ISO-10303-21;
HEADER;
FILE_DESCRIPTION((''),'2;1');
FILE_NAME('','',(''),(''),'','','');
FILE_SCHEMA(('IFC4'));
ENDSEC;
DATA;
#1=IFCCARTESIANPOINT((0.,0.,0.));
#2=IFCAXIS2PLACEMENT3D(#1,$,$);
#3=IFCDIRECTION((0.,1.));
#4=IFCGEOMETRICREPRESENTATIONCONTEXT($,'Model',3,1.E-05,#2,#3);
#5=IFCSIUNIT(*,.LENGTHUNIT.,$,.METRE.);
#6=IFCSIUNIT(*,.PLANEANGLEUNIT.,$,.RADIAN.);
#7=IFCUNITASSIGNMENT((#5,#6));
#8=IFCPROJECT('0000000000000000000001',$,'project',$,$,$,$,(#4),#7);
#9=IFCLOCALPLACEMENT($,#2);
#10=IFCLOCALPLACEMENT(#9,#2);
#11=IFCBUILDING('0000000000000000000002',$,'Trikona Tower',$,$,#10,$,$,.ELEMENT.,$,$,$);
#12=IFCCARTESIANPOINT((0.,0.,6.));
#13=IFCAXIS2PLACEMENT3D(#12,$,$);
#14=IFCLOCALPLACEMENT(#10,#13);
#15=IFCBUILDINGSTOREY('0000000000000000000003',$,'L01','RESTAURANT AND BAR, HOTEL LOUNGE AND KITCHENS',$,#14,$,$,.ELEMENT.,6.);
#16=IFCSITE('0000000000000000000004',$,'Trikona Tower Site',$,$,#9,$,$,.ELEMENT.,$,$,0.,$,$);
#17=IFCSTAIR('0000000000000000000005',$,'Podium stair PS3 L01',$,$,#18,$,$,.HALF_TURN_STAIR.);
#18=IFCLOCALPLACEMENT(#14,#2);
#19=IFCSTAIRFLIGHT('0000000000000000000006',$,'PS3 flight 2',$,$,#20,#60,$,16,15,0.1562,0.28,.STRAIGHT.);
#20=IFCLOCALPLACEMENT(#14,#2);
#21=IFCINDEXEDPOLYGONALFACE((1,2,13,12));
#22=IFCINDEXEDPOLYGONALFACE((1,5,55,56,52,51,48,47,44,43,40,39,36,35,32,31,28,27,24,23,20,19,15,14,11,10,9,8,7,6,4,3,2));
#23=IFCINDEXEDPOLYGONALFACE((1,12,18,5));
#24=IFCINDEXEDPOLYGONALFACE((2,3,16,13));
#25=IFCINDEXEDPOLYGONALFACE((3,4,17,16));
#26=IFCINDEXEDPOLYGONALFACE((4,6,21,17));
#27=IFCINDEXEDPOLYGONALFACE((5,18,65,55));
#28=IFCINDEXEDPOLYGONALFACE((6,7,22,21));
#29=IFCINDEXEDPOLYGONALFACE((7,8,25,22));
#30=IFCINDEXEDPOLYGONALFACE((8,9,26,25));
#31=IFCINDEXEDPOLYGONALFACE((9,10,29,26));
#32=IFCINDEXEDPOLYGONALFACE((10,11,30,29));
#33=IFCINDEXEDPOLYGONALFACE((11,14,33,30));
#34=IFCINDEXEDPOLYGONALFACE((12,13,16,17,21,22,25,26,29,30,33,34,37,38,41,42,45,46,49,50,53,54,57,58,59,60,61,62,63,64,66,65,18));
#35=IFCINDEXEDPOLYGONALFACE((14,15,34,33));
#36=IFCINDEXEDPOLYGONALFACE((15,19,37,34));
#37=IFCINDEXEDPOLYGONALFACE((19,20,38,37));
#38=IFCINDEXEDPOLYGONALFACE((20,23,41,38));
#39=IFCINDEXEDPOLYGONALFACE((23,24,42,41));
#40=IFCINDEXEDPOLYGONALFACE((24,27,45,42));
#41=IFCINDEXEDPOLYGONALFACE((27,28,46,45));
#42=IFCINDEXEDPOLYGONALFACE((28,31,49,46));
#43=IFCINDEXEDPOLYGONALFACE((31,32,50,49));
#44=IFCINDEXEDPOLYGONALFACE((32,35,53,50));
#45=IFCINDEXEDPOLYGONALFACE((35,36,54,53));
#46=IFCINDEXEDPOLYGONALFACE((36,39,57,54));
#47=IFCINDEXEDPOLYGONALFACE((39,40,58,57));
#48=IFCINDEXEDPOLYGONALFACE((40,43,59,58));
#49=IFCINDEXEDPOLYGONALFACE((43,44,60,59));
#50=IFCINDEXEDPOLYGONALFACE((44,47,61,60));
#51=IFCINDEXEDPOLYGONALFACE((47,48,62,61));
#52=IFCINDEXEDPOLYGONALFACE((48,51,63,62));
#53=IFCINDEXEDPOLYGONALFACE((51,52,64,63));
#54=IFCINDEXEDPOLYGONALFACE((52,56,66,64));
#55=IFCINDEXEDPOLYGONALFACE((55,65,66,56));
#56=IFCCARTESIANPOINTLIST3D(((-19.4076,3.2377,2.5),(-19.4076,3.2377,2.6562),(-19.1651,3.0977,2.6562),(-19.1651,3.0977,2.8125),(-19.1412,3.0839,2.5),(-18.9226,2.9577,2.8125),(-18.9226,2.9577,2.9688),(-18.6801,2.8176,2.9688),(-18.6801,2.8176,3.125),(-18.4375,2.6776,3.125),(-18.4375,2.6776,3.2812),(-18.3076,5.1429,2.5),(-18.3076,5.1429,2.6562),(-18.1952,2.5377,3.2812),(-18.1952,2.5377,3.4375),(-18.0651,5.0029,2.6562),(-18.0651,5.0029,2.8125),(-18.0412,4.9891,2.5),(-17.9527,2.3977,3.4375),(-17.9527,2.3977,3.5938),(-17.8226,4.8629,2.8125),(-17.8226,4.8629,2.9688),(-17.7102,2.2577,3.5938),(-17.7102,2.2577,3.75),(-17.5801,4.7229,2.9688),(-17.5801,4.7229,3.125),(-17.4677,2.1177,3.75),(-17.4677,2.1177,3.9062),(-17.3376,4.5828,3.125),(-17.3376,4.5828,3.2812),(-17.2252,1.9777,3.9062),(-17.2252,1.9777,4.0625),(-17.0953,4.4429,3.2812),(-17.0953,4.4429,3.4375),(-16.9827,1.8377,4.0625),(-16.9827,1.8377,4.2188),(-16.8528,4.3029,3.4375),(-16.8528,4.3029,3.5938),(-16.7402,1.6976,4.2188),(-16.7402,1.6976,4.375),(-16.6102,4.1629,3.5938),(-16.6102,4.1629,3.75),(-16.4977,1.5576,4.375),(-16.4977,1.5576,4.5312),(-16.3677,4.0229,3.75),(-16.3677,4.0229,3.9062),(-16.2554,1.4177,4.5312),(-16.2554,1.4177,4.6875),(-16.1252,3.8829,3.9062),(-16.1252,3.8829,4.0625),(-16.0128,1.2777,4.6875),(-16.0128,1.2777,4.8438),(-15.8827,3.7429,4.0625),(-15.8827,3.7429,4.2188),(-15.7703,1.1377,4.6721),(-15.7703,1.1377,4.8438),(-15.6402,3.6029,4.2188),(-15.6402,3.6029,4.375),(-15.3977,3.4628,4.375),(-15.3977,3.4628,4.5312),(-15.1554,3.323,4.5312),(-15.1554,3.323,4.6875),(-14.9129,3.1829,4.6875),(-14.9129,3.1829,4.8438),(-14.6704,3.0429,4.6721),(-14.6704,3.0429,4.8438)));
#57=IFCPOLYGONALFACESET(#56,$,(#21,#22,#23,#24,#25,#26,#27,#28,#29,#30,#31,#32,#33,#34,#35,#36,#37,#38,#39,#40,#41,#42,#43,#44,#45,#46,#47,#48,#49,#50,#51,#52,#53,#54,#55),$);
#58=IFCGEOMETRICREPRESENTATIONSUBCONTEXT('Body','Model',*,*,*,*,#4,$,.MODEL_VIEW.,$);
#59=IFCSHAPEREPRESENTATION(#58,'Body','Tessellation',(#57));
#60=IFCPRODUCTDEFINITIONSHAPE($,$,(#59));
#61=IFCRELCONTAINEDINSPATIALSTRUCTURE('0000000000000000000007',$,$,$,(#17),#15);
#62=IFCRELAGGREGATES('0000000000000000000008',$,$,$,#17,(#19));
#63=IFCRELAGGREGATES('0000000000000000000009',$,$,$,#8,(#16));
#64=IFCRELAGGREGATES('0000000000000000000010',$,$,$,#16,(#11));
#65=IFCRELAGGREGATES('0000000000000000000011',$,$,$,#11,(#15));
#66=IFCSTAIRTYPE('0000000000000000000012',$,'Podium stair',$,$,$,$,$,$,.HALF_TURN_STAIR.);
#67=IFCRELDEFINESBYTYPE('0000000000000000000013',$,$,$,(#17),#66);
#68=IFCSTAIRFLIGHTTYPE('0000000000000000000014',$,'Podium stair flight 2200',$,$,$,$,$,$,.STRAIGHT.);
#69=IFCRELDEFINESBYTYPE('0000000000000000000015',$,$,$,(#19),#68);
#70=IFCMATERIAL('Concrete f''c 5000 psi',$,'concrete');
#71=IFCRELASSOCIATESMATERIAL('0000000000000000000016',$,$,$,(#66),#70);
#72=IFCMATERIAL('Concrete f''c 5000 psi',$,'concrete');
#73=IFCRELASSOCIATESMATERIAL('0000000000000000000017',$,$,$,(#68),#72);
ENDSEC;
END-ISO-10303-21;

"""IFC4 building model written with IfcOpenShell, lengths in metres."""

from ifc_helpers import new_model, si_unit, direction, frame, origin, place, context, subcontext, project, spatial, polyline, outline, extrude, material, type_object, element, aggregate, save


model = new_model("IFC4")

# Units and contexts
model_context = context("Model", 3, precision=1e-05, world=origin(), true_north=direction((0.0, 1.0)))
body_context = subcontext(model_context, "Body", "Model", "MODEL_VIEW")
ifc_project = project(units=[si_unit("LENGTHUNIT", "METRE"), si_unit("PLANEANGLEUNIT", "RADIAN")], contexts=[model_context])

# Site, building, storey
site_placement = place(None, origin())
site = spatial("IfcSite", under=ifc_project, at=site_placement, Name="Trikona Tower Site", CompositionType="ELEMENT", RefElevation=0.0)
building_placement = place(site_placement, origin())
building = spatial("IfcBuilding", under=site, at=building_placement, Name="Trikona Tower", CompositionType="ELEMENT")
storey_placement = place(building_placement, frame((0.0, 0.0, 6.0)))
storey = spatial("IfcBuildingStorey", under=building, at=storey_placement, Name="L01", Description="RESTAURANT AND BAR, HOTEL LOUNGE AND KITCHENS", CompositionType="ELEMENT", Elevation=6.0)

# Stair, stair flight
ifc_material_1 = material(Name="Concrete f'c 5000 psi", Category="concrete")
stair_type = type_object("IfcStairType", Name="Podium stair", PredefinedType="HALF_TURN_STAIR", material=ifc_material_1)
stair_placement = place(storey_placement, origin())
stair = element("IfcStair", 1, at=stair_placement, inside=storey, type_object=stair_type, Name="Podium stair PS3 L01", PredefinedType="HALF_TURN_STAIR")
ifc_material_2 = material(Name="Concrete f'c 5000 psi", Category="concrete")
stair_flight_type = type_object("IfcStairFlightType", Name="Podium stair flight 2200", PredefinedType="STRAIGHT", material=ifc_material_2)
stair_flight_1_placement = place(storey_placement, frame((-18.8577, 4.1902, 2.5), z_axis=(0.0, 0.0, 1.0), x_axis=(0.866025, -0.5, 0.0)))
stair_flight_1 = element("IfcStairFlight", 2, at=stair_flight_1_placement, type_object=stair_flight_type, Name="PS3 flight 2", NumberOfRisers=16, NumberOfTreads=15, PredefinedType="STRAIGHT", RiserHeight=0.1562, TreadLength=0.28, context=body_context, shape_type="SweptSolid", body=[
    extrude(outline(polyline([(0.0, 0.0), (0.0, 0.1562), (0.28, 0.1562), (0.28, 0.3125), (0.5601, 0.3125), (0.5601, 0.4688), (0.8401, 0.4688), (0.8401, 0.625), (1.1201, 0.625), (1.1201, 0.7812), (1.3999, 0.7812), (1.3999, 0.9375), (1.6799, 0.9375), (1.6799, 1.0938), (1.96, 1.0938), (1.96, 1.25), (2.24, 1.25), (2.24, 1.4062), (2.52, 1.4062), (2.52, 1.5625), (2.8, 1.5625), (2.8, 1.7188), (3.0801, 1.7188), (3.0801, 1.875), (3.3601, 1.875), (3.3601, 2.0312), (3.6399, 2.0312), (3.6399, 2.1875), (3.9199, 2.1875), (3.9199, 2.3438), (4.2, 2.3438), (4.2, 2.5), (4.2, 2.1721), (0.3076, 0.0), (0.0, 0.0)])), frame((0.0, 1.1001, 0.0), z_axis=(0.0, -1.0, 0.0), x_axis=(1.0, 0.0, 0.0)), (0.0, 0.0, 1.0), 2.2),
])
aggregate(stair, [stair_flight_1])

save(model, "model.ifc")
